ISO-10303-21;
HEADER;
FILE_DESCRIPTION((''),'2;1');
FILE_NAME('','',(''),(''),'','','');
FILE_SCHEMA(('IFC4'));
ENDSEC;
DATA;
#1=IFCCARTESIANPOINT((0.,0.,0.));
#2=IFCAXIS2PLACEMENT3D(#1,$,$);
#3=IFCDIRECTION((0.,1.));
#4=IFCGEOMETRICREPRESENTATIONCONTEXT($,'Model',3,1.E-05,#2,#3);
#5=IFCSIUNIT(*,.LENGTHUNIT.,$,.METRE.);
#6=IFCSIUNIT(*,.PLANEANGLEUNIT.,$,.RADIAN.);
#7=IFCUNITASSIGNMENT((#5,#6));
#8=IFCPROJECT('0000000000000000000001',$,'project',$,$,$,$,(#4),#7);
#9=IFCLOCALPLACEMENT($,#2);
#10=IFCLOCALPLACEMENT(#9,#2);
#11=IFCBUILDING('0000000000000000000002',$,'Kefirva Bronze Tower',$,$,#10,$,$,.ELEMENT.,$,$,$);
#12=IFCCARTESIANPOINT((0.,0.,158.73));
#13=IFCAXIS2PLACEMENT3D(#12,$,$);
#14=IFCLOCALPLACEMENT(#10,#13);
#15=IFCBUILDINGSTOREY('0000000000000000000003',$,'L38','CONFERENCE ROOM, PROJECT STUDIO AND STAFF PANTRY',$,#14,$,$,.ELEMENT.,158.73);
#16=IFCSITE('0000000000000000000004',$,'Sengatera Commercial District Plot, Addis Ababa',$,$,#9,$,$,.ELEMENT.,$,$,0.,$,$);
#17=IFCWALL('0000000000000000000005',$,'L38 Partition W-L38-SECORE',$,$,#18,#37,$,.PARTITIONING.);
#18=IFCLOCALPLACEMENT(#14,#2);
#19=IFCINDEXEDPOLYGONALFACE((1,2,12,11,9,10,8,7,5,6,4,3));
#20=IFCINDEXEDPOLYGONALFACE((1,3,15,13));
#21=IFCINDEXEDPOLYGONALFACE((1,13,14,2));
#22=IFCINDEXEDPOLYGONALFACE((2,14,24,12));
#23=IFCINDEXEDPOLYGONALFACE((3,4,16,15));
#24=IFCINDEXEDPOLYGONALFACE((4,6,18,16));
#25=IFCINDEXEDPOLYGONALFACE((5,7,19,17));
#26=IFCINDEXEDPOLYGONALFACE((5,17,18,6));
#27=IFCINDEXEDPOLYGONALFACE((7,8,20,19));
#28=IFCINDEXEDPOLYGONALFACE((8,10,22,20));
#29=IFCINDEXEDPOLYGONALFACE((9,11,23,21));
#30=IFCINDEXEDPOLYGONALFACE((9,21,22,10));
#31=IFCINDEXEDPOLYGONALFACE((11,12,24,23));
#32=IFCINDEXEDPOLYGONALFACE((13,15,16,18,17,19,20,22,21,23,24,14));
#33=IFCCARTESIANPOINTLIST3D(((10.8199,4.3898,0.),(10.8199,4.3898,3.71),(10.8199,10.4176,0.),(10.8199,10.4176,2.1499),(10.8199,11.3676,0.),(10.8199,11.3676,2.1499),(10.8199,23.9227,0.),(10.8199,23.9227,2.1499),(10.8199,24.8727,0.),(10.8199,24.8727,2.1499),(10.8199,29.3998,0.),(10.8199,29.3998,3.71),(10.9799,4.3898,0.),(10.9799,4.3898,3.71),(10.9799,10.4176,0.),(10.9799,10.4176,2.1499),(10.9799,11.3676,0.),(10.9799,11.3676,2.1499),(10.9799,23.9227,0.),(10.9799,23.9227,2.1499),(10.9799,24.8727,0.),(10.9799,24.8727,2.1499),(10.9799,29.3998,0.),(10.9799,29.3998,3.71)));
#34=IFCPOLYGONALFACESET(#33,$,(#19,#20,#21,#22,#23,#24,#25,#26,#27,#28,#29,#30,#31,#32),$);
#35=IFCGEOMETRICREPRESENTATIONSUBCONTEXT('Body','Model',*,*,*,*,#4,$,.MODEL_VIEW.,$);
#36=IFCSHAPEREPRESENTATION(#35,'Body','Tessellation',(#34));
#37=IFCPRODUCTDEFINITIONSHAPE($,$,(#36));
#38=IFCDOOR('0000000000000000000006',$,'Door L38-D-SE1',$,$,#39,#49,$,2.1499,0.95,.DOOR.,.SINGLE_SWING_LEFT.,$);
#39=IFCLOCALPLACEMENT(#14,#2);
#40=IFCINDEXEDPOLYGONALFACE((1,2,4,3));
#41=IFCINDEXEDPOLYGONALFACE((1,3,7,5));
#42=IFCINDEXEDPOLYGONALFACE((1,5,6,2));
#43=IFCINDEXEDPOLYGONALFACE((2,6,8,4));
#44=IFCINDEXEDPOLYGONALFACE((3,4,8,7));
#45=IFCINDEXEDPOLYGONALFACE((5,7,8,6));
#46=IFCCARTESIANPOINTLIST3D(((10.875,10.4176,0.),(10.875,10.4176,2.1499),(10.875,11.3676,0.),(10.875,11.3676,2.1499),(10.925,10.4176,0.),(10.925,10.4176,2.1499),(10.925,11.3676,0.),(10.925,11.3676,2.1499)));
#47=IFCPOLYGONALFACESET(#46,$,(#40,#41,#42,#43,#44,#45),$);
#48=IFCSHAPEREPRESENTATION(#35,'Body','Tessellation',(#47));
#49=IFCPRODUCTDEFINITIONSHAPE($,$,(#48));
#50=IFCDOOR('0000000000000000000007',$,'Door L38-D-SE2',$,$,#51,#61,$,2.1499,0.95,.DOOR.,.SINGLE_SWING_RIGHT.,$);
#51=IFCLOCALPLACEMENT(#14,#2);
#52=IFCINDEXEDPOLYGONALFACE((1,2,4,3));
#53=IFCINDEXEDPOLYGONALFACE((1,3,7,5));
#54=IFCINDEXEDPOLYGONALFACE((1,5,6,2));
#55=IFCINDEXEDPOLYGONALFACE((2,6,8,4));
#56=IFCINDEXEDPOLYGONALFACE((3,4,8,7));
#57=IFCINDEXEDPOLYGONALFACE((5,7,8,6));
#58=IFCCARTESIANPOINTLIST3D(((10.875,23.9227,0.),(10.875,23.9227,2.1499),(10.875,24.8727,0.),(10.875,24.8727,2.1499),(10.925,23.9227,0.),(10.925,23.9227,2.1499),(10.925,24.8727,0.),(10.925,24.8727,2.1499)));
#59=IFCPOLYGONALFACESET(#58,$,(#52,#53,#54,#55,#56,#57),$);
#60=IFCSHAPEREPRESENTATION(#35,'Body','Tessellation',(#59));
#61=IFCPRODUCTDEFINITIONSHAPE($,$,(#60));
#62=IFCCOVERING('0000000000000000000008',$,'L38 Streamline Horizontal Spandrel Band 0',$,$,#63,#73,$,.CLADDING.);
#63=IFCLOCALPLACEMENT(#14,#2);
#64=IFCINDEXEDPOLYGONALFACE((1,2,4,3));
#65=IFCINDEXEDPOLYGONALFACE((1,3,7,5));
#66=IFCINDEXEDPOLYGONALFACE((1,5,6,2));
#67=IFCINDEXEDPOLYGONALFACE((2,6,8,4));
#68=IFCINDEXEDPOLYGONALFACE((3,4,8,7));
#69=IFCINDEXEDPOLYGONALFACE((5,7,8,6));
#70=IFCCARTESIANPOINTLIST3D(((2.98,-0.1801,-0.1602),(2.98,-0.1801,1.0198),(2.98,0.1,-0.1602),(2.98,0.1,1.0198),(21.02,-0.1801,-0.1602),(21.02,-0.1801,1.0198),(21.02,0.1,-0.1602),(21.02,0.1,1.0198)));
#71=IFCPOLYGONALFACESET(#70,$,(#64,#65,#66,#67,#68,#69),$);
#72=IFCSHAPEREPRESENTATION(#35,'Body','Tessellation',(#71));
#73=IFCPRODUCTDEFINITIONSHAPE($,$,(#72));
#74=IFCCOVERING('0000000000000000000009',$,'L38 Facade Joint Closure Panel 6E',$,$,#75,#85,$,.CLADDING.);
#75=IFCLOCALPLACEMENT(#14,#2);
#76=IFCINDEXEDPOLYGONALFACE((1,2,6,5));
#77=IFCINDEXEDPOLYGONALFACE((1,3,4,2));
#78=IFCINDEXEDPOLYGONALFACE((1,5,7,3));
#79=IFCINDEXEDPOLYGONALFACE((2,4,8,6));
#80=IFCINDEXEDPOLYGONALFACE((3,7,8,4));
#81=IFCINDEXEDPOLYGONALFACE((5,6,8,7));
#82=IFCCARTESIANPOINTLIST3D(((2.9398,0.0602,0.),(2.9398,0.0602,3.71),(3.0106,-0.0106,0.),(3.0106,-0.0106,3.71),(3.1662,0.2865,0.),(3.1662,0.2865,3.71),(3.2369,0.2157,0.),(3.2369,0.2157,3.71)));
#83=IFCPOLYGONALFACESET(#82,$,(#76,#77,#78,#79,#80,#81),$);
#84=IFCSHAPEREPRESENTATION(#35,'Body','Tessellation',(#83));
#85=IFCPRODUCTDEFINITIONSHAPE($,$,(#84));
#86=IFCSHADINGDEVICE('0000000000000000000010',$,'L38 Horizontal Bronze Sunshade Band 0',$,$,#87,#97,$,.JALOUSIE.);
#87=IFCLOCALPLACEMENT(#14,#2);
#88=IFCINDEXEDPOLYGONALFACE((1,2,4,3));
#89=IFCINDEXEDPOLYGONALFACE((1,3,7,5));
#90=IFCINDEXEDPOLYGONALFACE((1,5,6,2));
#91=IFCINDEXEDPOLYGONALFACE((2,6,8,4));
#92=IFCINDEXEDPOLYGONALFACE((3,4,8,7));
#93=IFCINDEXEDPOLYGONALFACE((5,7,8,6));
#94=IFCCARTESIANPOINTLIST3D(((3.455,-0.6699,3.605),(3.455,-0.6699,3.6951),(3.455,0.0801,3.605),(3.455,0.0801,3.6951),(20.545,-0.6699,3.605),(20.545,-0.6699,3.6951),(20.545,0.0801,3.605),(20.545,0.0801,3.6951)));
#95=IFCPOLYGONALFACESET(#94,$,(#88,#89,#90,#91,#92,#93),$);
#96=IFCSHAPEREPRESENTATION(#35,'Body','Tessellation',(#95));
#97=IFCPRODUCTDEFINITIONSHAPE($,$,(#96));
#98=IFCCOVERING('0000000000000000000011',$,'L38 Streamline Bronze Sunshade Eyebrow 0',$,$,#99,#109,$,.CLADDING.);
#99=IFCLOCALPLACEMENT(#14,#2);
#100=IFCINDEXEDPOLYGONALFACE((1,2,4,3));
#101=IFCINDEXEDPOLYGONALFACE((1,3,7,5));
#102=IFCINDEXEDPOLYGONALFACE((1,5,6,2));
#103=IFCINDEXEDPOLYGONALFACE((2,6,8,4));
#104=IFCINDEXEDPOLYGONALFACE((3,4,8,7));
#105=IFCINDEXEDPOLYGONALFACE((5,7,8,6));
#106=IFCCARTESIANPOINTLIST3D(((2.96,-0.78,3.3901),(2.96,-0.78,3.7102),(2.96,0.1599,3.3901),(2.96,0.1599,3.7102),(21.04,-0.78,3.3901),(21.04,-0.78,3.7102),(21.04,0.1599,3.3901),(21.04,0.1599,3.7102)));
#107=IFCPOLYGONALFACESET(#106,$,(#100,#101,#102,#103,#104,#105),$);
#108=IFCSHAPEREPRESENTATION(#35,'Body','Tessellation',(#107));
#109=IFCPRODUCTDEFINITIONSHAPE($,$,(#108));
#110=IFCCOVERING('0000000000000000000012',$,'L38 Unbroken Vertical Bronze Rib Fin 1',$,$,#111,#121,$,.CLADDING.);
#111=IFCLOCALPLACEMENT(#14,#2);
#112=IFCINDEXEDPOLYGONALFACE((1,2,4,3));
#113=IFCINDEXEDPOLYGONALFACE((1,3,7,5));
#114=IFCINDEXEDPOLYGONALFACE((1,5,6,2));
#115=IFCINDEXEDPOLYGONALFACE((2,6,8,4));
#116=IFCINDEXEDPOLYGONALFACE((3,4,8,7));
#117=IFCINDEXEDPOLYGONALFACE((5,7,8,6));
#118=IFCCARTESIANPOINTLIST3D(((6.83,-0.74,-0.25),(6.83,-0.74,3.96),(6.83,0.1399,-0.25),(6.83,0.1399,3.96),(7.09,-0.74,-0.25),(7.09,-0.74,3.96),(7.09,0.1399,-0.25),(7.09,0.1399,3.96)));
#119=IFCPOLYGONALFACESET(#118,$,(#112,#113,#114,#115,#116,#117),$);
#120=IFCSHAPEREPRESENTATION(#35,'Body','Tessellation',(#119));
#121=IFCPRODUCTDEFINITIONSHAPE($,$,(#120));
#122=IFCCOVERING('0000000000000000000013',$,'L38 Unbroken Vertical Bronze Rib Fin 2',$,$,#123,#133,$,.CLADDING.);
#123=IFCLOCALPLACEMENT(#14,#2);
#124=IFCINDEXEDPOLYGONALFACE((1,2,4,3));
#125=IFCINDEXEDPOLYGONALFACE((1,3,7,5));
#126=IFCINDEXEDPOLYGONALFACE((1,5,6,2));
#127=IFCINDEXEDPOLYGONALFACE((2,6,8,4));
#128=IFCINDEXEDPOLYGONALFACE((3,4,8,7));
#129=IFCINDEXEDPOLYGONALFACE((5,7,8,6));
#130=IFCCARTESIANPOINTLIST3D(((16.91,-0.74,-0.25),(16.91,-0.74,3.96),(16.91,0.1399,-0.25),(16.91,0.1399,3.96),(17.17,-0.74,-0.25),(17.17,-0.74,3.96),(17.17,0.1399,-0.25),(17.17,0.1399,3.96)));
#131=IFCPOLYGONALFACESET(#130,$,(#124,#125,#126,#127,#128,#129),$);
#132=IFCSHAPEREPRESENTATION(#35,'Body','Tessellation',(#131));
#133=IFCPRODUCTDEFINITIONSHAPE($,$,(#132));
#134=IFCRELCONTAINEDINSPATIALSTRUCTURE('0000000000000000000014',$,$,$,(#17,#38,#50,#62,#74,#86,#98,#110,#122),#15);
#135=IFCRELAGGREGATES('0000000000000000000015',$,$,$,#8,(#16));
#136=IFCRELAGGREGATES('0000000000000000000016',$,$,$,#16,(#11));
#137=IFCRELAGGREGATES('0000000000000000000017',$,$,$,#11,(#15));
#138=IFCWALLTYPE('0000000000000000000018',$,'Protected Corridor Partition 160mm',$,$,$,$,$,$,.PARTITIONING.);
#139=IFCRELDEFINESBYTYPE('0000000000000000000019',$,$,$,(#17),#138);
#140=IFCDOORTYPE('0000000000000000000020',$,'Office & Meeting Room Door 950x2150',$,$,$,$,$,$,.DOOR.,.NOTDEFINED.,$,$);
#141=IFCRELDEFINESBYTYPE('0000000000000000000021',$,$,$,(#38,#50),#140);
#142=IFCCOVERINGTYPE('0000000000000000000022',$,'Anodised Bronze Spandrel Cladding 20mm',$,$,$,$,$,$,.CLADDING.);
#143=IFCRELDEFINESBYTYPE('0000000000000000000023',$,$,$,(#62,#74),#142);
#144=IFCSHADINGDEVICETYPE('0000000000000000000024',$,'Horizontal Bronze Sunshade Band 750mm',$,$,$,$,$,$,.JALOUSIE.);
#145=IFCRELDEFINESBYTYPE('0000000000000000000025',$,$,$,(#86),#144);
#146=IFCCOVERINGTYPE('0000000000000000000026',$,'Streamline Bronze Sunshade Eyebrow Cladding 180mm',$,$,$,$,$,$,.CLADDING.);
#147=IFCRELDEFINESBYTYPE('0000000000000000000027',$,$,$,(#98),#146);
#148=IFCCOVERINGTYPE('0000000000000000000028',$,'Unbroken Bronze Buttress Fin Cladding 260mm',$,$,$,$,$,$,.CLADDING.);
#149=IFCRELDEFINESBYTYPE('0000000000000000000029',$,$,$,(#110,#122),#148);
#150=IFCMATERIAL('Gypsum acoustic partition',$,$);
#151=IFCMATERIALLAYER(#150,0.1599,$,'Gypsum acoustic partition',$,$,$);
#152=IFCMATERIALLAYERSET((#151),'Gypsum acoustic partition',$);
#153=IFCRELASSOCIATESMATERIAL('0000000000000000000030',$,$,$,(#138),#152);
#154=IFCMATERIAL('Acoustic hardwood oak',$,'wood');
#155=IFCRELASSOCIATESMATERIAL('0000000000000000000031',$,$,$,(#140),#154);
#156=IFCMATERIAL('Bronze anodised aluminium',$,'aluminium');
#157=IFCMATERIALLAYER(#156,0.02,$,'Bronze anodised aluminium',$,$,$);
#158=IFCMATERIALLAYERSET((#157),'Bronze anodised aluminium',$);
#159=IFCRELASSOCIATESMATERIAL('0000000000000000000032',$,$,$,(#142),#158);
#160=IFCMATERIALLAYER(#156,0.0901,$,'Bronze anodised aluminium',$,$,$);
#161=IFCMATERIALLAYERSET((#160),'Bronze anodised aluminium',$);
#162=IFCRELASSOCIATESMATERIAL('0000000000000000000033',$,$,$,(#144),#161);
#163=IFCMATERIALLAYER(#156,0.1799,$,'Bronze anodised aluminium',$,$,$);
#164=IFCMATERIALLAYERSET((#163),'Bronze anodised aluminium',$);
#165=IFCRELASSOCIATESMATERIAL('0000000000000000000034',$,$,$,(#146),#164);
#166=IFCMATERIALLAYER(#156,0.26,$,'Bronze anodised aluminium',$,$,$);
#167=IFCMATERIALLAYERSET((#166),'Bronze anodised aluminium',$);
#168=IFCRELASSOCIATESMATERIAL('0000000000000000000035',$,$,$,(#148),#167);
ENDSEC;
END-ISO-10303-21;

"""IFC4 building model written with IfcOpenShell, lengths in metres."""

from ifc_helpers import new_model, si_unit, direction, frame, frame_2d, origin, origin_2d, place, context, subcontext, project, spatial, rectangle, extrude, material, layer, layer_set, type_object, element, fill, save


model = new_model("IFC4")

# Units and contexts
model_context = context("Model", 3, precision=1e-05, world=origin(), true_north=direction((0.0, 1.0)))
body_context = subcontext(model_context, "Body", "Model", "MODEL_VIEW")
ifc_project = project(units=[si_unit("LENGTHUNIT", "METRE"), si_unit("PLANEANGLEUNIT", "RADIAN")], contexts=[model_context])

# Site, building, storey
site_placement = place(None, origin())
site = spatial("IfcSite", under=ifc_project, at=site_placement, Name="Sengatera Commercial District Plot, Addis Ababa", CompositionType="ELEMENT", RefElevation=0.0)
building_placement = place(site_placement, origin())
building = spatial("IfcBuilding", under=site, at=building_placement, Name="Kefirva Bronze Tower", CompositionType="ELEMENT")
storey_placement = place(building_placement, frame((0.0, 0.0, 158.73)))
storey = spatial("IfcBuildingStorey", under=building, at=storey_placement, Name="L38", Description="CONFERENCE ROOM, PROJECT STUDIO AND STAFF PANTRY", CompositionType="ELEMENT", Elevation=158.73)

# Shared definitions
ifc_material_1 = material(Name="Bronze anodised aluminium", Category="aluminium")

# Wall, openings, doors
ifc_material_2 = material(Name="Gypsum acoustic partition")
ifc_layer_1 = layer(ifc_material_2, 0.1599, Name="Gypsum acoustic partition")
ifc_layer_set_1 = layer_set([ifc_layer_1], Name="Gypsum acoustic partition")
wall_type = type_object("IfcWallType", Name="Protected Corridor Partition 160mm", PredefinedType="PARTITIONING", material=ifc_layer_set_1)
ifc_material_3 = material(Name="Acoustic hardwood oak", Category="wood")
door_type = type_object("IfcDoorType", Name="Office & Meeting Room Door 950x2150", OperationType="NOTDEFINED", PredefinedType="DOOR", material=ifc_material_3)
wall_1_placement = place(storey_placement, frame((10.8999, 4.3899, 0.0), z_axis=(0.0, 0.0, 1.0), x_axis=(0.0, 1.0, 0.0)))
wall_1 = element("IfcWall", 1, at=wall_1_placement, inside=storey, type_object=wall_type, Name="L38 Partition W-L38-SECORE", PredefinedType="PARTITIONING", context=body_context, shape_type="SweptSolid", body=[
    extrude(rectangle(XDim=25.01, YDim=0.1599, at=frame_2d((12.5049, 0.0))), origin(), (0.0, 0.0, 1.0), 3.71),
])
opening_1_placement = place(wall_1_placement, frame((6.0276, 0.0, 0.0)))
opening_1 = element("IfcOpeningElement", 2, at=opening_1_placement, cuts=wall_1, PredefinedType="OPENING", context=body_context, shape_type="SweptSolid", body=[
    extrude(rectangle(XDim=0.95, YDim=2.1499, at=frame_2d((0.4751, 1.075))), frame((0.0, 0.0898, 0.0), z_axis=(0.0, -1.0, 0.0), x_axis=(1.0, 0.0, 0.0)), (0.0, 0.0, 1.0), 0.1799),
])
opening_2_placement = place(wall_1_placement, frame((19.5327, 0.0, 0.0)))
opening_2 = element("IfcOpeningElement", 3, at=opening_2_placement, cuts=wall_1, PredefinedType="OPENING", context=body_context, shape_type="SweptSolid", body=[
    extrude(rectangle(XDim=0.95, YDim=2.1499, at=frame_2d((0.4751, 1.075))), frame((0.0, 0.0898, 0.0), z_axis=(0.0, -1.0, 0.0), x_axis=(1.0, 0.0, 0.0)), (0.0, 0.0, 1.0), 0.1799),
])
door_1_placement = place(opening_1_placement, origin())
door_1 = element("IfcDoor", 4, at=door_1_placement, inside=storey, type_object=door_type, Name="Door L38-D-SE1", OperationType="SINGLE_SWING_LEFT", OverallHeight=2.1499, OverallWidth=0.95, PredefinedType="DOOR", context=body_context, shape_type="SweptSolid", body=[
    extrude(rectangle(XDim=0.95, YDim=2.1499, at=frame_2d((0.4751, 1.075))), frame((0.0, 0.0249, 0.0), z_axis=(0.0, -1.0, 0.0), x_axis=(1.0, 0.0, 0.0)), (0.0, 0.0, 1.0), 0.05),
])
fill(opening_1, door_1)
door_2_placement = place(opening_2_placement, origin())
door_2 = element("IfcDoor", 5, at=door_2_placement, inside=storey, type_object=door_type, Name="Door L38-D-SE2", OperationType="SINGLE_SWING_RIGHT", OverallHeight=2.1499, OverallWidth=0.95, PredefinedType="DOOR", context=body_context, shape_type="SweptSolid", body=[
    extrude(rectangle(XDim=0.95, YDim=2.1499, at=frame_2d((0.4751, 1.075))), frame((0.0, 0.0249, 0.0), z_axis=(0.0, -1.0, 0.0), x_axis=(1.0, 0.0, 0.0)), (0.0, 0.0, 1.0), 0.05),
])
fill(opening_2, door_2)

# Coverings
ifc_layer_2 = layer(ifc_material_1, 0.02, Name="Bronze anodised aluminium")
ifc_layer_set_2 = layer_set([ifc_layer_2], Name="Bronze anodised aluminium")
covering_type_1 = type_object("IfcCoveringType", Name="Anodised Bronze Spandrel Cladding 20mm", PredefinedType="CLADDING", material=ifc_layer_set_2)
covering_1_placement = place(storey_placement, frame((12.0, -0.04, -0.1602), z_axis=(0.0, 0.0, 1.0), x_axis=(1.0, 0.0, 0.0)))
element("IfcCovering", 6, at=covering_1_placement, inside=storey, type_object=covering_type_1, Name="L38 Streamline Horizontal Spandrel Band 0", PredefinedType="CLADDING", context=body_context, shape_type="SweptSolid", body=[
    extrude(rectangle(XDim=18.04, YDim=0.28, at=origin_2d()), origin(), (0.0, 0.0, 1.0), 1.1799),
])
covering_2_placement = place(storey_placement, frame((3.0884, 0.1379, 0.0), z_axis=(0.0, 0.0, 1.0), x_axis=(0.707107, -0.707107, 0.0)))
element("IfcCovering", 7, at=covering_2_placement, inside=storey, type_object=covering_type_1, Name="L38 Facade Joint Closure Panel 6E", PredefinedType="CLADDING", context=body_context, shape_type="SweptSolid", body=[
    extrude(rectangle(XDim=0.1001, YDim=0.3201, at=origin_2d()), origin(), (0.0, 0.0, 1.0), 3.71),
])

# Shading device
ifc_layer_3 = layer(ifc_material_1, 0.0901, Name="Bronze anodised aluminium")
ifc_layer_set_3 = layer_set([ifc_layer_3], Name="Bronze anodised aluminium")
shading_device_type = type_object("IfcShadingDeviceType", Name="Horizontal Bronze Sunshade Band 750mm", PredefinedType="JALOUSIE", material=ifc_layer_set_3)
shading_device_placement = place(storey_placement, frame((12.0, -0.2949, 3.605), z_axis=(0.0, 0.0, 1.0), x_axis=(1.0, 0.0, 0.0)))
element("IfcShadingDevice", 8, at=shading_device_placement, inside=storey, type_object=shading_device_type, Name="L38 Horizontal Bronze Sunshade Band 0", PredefinedType="JALOUSIE", context=body_context, shape_type="SweptSolid", body=[
    extrude(rectangle(XDim=17.0901, YDim=0.75, at=origin_2d()), origin(), (0.0, 0.0, 1.0), 0.0901),
])

# Coverings
ifc_layer_4 = layer(ifc_material_1, 0.1799, Name="Bronze anodised aluminium")
ifc_layer_set_4 = layer_set([ifc_layer_4], Name="Bronze anodised aluminium")
covering_type_2 = type_object("IfcCoveringType", Name="Streamline Bronze Sunshade Eyebrow Cladding 180mm", PredefinedType="CLADDING", material=ifc_layer_set_4)
covering_3_placement = place(storey_placement, frame((12.0, -0.3101, 3.3901), z_axis=(0.0, 0.0, 1.0), x_axis=(1.0, 0.0, 0.0)))
element("IfcCovering", 9, at=covering_3_placement, inside=storey, type_object=covering_type_2, Name="L38 Streamline Bronze Sunshade Eyebrow 0", PredefinedType="CLADDING", context=body_context, shape_type="SweptSolid", body=[
    extrude(rectangle(XDim=18.0801, YDim=0.9399, at=origin_2d()), origin(), (0.0, 0.0, 1.0), 0.3201),
])
ifc_layer_5 = layer(ifc_material_1, 0.26, Name="Bronze anodised aluminium")
ifc_layer_set_5 = layer_set([ifc_layer_5], Name="Bronze anodised aluminium")
covering_type_3 = type_object("IfcCoveringType", Name="Unbroken Bronze Buttress Fin Cladding 260mm", PredefinedType="CLADDING", material=ifc_layer_set_5)
for number, where, z_axis, x_axis, name in (
    (10, (6.96, -0.3, -0.25), (0.0, 0.0, 1.0), (1.0, 0.0, 0.0), "L38 Unbroken Vertical Bronze Rib Fin 1"),
    (11, (17.04, -0.3, -0.25), (0.0, 0.0, 1.0), (1.0, 0.0, 0.0), "L38 Unbroken Vertical Bronze Rib Fin 2"),
):
    element("IfcCovering", number, at=place(storey_placement, frame(where, z_axis=z_axis, x_axis=x_axis)), inside=storey, type_object=covering_type_3, Name=name, PredefinedType="CLADDING", context=body_context, shape_type="SweptSolid", body=[
        extrude(rectangle(XDim=0.26, YDim=0.8799, at=origin_2d()), origin(), (0.0, 0.0, 1.0), 4.21),
    ])

save(model, "model.ifc")
